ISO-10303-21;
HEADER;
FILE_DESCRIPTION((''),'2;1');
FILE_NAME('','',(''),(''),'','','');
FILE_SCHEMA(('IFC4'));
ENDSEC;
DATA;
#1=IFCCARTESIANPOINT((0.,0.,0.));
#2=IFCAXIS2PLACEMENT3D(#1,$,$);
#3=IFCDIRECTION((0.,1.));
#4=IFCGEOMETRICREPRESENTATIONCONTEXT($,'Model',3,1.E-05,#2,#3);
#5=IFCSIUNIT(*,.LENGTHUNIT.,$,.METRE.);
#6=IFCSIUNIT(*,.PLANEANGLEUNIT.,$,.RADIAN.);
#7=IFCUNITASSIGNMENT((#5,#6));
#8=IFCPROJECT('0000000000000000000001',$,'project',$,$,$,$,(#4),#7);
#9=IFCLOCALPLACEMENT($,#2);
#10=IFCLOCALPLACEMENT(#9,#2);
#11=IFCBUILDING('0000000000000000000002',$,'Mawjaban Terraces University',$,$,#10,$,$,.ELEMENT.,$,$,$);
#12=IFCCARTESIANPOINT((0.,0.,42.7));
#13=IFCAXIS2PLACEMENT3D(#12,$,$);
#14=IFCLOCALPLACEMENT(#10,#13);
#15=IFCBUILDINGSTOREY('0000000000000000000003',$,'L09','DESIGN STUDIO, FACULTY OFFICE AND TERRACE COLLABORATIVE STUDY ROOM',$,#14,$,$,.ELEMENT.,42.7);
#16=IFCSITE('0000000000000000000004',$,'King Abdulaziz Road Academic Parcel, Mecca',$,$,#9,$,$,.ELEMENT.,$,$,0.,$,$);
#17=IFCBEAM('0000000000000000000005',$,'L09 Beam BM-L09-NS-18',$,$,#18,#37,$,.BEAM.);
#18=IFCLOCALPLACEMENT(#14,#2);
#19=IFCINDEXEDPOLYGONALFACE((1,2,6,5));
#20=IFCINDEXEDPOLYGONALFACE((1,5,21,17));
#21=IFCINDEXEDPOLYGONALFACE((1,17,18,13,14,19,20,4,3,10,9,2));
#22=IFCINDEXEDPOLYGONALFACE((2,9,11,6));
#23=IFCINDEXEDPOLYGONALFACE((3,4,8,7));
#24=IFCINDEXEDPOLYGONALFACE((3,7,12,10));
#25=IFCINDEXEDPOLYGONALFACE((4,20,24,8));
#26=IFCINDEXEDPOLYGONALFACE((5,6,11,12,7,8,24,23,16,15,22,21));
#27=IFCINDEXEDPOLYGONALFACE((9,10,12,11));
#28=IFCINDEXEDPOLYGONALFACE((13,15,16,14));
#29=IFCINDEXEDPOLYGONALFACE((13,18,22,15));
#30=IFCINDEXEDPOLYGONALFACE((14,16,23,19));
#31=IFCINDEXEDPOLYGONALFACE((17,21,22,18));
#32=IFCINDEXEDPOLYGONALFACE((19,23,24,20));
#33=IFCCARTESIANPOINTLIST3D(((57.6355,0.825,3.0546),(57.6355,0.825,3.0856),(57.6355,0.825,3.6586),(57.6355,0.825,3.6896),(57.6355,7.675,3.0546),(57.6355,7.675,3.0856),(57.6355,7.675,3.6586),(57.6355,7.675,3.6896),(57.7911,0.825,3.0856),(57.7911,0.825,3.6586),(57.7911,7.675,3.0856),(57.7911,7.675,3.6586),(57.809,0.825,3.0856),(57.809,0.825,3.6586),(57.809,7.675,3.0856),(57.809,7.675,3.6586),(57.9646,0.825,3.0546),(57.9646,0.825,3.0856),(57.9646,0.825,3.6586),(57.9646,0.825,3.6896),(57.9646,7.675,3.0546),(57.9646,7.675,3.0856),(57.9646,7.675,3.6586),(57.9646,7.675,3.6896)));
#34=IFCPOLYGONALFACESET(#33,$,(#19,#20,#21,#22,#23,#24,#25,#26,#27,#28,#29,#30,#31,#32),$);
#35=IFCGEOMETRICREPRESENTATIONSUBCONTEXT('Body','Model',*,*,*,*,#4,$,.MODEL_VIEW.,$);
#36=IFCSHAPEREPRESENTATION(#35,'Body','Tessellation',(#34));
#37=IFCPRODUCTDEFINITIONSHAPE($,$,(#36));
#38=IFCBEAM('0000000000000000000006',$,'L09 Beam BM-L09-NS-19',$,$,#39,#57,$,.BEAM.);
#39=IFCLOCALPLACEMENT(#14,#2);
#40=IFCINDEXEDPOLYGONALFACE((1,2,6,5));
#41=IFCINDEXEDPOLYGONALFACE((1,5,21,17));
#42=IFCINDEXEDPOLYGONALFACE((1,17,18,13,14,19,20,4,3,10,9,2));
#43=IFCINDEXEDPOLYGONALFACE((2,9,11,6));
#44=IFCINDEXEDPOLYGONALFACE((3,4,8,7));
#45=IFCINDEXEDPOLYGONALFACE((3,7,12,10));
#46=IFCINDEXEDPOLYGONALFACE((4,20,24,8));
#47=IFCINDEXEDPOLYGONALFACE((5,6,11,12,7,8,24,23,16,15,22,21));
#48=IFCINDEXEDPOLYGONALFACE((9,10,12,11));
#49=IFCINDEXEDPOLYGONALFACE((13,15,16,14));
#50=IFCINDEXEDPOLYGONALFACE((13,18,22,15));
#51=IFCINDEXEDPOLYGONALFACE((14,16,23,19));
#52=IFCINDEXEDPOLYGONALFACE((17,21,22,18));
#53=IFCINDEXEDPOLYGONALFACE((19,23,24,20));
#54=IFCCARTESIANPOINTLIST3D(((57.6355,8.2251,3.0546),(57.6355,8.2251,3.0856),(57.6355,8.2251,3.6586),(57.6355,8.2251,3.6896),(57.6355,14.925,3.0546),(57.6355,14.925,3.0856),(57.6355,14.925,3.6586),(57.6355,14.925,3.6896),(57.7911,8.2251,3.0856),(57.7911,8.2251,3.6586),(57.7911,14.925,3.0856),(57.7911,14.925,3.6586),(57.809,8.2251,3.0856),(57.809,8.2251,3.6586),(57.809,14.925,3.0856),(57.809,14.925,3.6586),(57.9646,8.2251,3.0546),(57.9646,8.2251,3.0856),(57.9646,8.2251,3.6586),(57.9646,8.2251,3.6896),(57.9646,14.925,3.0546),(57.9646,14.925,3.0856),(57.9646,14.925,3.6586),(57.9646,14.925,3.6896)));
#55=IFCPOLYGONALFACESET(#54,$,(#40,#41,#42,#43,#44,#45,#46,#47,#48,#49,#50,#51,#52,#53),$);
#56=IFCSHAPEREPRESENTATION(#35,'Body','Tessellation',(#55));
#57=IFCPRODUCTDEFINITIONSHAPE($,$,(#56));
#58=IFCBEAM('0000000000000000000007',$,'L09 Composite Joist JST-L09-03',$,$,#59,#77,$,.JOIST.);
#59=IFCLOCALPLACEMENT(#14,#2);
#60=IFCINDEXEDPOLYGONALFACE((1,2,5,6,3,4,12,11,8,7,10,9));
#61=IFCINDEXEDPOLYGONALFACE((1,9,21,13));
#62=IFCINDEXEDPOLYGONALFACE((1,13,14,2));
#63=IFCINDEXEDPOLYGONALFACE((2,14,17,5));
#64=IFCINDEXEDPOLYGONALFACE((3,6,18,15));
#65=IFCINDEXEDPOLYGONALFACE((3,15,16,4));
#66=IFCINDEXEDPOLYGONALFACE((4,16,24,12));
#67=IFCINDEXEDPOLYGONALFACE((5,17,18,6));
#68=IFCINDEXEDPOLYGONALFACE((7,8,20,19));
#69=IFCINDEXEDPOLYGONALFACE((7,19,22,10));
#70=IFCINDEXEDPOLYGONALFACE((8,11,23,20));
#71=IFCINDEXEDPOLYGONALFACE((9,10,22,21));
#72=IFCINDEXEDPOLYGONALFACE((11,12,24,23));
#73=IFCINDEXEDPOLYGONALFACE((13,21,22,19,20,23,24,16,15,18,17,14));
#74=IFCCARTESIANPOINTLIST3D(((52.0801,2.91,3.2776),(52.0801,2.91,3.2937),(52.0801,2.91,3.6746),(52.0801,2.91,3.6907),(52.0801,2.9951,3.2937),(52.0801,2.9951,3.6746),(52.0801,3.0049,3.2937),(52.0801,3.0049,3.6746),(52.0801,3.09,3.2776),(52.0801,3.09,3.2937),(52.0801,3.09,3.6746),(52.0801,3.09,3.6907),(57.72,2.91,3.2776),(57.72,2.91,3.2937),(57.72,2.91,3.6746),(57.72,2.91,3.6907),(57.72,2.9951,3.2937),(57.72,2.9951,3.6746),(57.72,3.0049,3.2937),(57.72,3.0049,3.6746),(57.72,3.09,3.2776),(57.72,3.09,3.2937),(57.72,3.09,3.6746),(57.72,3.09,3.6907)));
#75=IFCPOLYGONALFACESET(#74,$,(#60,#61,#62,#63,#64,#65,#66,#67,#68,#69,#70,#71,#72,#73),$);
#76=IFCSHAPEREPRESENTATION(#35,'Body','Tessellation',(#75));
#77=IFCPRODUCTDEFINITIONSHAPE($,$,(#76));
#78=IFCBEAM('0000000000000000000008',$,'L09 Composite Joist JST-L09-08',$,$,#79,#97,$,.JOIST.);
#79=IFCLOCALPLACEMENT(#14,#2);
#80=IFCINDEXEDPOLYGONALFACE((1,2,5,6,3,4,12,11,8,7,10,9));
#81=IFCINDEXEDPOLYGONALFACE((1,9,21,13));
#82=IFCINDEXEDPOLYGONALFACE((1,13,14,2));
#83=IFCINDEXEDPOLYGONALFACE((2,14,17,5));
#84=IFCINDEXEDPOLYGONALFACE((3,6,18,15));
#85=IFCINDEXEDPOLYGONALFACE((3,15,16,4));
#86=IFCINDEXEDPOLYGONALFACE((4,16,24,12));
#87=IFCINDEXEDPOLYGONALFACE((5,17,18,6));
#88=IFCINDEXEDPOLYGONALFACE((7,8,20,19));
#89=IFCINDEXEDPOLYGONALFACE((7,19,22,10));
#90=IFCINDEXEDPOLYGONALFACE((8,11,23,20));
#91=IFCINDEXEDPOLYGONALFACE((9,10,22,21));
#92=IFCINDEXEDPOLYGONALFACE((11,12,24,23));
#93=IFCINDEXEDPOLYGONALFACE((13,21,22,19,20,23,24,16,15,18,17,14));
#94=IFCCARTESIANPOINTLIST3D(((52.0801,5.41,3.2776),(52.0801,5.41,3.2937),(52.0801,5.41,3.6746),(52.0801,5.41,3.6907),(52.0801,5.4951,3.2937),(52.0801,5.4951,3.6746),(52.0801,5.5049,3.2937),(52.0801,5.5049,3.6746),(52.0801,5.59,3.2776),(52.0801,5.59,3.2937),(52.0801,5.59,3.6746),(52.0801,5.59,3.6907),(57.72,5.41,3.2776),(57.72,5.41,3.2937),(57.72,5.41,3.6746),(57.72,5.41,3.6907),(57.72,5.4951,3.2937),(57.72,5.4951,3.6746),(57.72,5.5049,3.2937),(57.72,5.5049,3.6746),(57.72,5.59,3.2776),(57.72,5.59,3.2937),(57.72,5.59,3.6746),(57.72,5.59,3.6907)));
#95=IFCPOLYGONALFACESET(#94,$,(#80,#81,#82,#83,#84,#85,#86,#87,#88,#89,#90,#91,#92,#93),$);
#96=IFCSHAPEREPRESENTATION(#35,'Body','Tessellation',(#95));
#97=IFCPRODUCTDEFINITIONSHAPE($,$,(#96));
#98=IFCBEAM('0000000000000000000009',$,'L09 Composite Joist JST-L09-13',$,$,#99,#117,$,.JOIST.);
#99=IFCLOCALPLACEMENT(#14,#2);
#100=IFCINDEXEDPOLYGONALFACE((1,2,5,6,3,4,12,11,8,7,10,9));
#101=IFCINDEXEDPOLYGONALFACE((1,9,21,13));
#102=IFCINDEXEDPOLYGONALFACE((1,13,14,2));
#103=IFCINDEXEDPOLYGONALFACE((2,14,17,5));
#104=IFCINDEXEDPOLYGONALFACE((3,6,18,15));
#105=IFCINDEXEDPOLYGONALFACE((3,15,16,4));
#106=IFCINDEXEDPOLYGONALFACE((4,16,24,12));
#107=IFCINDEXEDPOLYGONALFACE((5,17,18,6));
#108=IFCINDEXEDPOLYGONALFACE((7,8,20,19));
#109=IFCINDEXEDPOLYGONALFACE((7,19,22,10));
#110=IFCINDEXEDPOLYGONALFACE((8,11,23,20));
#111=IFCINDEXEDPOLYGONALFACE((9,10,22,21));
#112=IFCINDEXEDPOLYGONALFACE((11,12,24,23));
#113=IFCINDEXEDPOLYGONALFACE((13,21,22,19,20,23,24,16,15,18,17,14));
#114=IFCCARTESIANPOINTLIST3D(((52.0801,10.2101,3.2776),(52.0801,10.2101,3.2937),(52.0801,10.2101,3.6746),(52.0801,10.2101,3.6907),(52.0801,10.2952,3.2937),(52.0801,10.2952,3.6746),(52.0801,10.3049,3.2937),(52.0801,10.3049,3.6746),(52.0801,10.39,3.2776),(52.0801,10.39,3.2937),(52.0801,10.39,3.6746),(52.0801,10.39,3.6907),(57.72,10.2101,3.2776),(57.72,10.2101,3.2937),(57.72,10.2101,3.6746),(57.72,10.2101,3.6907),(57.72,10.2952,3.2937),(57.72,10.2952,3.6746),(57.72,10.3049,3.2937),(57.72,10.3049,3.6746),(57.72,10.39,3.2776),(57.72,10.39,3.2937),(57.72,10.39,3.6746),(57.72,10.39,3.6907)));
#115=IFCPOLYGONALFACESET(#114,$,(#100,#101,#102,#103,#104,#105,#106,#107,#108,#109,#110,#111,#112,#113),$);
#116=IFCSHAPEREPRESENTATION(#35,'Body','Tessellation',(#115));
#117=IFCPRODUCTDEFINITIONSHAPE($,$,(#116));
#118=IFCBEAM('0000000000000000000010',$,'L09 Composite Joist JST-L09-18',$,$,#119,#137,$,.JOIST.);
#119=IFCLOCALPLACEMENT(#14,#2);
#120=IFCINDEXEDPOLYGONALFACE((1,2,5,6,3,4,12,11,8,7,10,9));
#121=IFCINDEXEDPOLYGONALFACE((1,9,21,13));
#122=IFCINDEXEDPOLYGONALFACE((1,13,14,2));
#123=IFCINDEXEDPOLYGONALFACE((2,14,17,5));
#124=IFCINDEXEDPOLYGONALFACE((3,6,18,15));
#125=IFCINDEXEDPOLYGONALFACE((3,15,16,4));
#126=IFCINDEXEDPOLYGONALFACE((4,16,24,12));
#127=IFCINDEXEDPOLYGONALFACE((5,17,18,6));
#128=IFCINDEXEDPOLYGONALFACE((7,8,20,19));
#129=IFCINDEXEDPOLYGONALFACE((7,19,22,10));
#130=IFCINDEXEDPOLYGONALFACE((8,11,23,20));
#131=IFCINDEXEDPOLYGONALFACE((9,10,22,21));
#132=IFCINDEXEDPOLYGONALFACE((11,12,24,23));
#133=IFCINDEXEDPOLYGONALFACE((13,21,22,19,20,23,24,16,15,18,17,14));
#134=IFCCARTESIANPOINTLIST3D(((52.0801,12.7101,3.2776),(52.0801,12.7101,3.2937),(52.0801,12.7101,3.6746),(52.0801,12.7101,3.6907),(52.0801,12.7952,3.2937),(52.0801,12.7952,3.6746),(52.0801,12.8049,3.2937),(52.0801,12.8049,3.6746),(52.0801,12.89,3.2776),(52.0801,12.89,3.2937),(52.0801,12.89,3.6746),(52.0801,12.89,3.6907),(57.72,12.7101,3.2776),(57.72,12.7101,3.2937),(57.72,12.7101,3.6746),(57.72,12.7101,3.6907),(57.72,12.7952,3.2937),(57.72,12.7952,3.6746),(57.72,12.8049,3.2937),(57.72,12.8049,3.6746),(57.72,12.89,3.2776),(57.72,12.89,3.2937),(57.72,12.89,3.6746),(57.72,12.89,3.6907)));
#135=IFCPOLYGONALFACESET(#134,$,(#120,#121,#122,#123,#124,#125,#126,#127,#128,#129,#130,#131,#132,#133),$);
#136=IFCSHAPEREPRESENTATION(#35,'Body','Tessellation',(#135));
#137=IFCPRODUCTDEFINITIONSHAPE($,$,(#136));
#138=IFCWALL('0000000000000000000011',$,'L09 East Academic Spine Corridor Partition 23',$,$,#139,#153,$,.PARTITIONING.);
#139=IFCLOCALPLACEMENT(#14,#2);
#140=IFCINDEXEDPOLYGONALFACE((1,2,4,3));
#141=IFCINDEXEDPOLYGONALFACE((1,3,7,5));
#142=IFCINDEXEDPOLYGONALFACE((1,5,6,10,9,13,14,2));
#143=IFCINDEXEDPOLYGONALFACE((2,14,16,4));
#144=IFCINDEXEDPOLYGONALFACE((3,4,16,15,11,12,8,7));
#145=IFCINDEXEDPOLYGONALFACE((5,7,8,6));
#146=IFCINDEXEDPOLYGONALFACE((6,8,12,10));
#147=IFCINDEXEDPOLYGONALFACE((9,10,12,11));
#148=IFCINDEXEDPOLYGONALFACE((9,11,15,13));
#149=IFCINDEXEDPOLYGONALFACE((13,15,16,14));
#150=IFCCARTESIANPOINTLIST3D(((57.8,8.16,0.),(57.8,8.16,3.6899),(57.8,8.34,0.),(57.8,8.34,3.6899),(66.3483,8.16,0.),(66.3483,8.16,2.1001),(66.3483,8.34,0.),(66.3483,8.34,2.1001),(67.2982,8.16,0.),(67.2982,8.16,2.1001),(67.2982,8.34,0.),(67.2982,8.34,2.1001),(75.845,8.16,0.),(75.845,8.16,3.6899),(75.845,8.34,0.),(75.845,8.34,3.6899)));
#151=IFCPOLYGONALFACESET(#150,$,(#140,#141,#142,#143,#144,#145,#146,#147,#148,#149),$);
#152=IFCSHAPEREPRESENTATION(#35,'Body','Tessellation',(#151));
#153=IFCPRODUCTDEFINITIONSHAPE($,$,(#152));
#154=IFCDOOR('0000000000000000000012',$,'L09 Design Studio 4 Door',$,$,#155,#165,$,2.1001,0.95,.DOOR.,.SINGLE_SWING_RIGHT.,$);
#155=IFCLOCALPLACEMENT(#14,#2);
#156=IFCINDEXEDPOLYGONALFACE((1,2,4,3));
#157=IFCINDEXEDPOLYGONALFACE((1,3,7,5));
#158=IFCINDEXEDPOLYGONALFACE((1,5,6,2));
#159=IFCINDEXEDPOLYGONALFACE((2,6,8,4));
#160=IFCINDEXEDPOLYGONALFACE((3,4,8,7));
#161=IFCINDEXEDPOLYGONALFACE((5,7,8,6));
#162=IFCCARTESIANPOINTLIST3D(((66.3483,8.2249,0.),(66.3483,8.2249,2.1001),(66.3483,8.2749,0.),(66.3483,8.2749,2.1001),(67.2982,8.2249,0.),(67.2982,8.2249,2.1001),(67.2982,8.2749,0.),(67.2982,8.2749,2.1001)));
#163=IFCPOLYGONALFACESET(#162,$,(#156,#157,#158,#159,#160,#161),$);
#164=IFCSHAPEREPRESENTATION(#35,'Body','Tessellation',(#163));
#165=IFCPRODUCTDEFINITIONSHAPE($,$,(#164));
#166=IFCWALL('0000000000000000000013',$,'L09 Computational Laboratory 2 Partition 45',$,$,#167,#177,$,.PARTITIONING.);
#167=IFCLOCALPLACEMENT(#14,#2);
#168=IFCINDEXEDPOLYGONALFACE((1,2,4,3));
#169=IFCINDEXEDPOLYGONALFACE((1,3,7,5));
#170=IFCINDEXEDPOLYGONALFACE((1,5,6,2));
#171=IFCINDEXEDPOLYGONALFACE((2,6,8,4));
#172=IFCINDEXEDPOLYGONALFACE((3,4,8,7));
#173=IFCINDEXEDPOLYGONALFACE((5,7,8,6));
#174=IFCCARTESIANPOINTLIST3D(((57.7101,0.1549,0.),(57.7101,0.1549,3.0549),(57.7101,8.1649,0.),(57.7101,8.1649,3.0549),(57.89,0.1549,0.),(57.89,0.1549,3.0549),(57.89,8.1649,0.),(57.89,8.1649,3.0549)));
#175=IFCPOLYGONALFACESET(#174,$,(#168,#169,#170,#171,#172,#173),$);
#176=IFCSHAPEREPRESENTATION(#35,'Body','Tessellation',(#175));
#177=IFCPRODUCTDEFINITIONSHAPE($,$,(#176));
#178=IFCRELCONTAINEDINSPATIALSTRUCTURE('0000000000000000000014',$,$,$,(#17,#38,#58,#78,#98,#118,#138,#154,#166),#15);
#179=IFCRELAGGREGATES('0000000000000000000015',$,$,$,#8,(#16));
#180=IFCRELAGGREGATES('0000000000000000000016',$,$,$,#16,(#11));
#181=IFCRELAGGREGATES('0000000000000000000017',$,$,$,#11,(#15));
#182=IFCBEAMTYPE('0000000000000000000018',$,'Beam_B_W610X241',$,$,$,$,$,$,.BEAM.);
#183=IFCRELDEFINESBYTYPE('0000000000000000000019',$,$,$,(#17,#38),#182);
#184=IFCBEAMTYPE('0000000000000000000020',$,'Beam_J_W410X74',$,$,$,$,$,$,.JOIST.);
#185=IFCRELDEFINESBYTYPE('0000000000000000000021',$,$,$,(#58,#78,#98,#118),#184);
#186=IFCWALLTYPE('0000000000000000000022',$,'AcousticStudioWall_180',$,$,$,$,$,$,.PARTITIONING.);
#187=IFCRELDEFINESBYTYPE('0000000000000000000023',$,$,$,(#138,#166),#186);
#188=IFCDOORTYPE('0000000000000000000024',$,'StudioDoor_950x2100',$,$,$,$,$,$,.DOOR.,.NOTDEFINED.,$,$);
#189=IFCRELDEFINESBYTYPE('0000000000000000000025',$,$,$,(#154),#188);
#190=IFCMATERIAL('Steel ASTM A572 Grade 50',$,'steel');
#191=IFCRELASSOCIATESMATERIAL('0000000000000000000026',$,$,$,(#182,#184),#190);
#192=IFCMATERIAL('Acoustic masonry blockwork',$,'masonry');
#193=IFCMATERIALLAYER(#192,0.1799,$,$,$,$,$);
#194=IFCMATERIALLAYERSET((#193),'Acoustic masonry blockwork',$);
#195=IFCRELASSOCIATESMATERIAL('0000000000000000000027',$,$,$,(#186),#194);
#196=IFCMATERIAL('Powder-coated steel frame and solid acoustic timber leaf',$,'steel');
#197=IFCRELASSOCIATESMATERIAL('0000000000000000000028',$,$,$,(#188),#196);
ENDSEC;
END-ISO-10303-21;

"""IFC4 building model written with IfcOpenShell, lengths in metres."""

from ifc_helpers import new_model, si_unit, direction, frame, frame_2d, origin, origin_2d, place, context, subcontext, project, spatial, rectangle, i_section, extrude, material, layer, layer_set, material_profile, profile_set, type_object, element, fill, save


model = new_model("IFC4")

# Units and contexts
model_context = context("Model", 3, precision=1e-05, world=origin(), true_north=direction((0.0, 1.0)))
body_context = subcontext(model_context, "Body", "Model", "MODEL_VIEW")
ifc_project = project(units=[si_unit("LENGTHUNIT", "METRE"), si_unit("PLANEANGLEUNIT", "RADIAN")], contexts=[model_context])

# Site, building, storey
site_placement = place(None, origin())
site = spatial("IfcSite", under=ifc_project, at=site_placement, Name="King Abdulaziz Road Academic Parcel, Mecca", CompositionType="ELEMENT", RefElevation=0.0)
building_placement = place(site_placement, origin())
building = spatial("IfcBuilding", under=site, at=building_placement, Name="Mawjaban Terraces University", CompositionType="ELEMENT")
storey_placement = place(building_placement, frame((0.0, 0.0, 42.7)))
storey = spatial("IfcBuildingStorey", under=building, at=storey_placement, Name="L09", Description="DESIGN STUDIO, FACULTY OFFICE AND TERRACE COLLABORATIVE STUDY ROOM", CompositionType="ELEMENT", Elevation=42.7)

# Beams
ifc_material_1 = material(Name="Steel ASTM A572 Grade 50", Category="steel")
ifc_material_profile_1 = material_profile(ifc_material_1, i_section(OverallWidth=0.3291, OverallDepth=0.635, WebThickness=0.0178, FlangeThickness=0.031, at=origin_2d()), Name="W610X241")
ifc_profile_set_1 = profile_set([ifc_material_profile_1], Name="Steel ASTM A572 Grade 50")
beam_type_1 = type_object("IfcBeamType", Name="Beam_B_W610X241", PredefinedType="BEAM", material=ifc_profile_set_1)
beam_1_placement = place(storey_placement, frame((57.8, 0.825, 3.3721), z_axis=(0.0, 1.0, 0.0), x_axis=(-1.0, 0.0, 0.0)))
element("IfcBeam", 1, at=beam_1_placement, inside=storey, type_object=beam_type_1, Name="L09 Beam BM-L09-NS-18", PredefinedType="BEAM", context=body_context, shape_type="SweptSolid", body=[
    extrude(i_section(OverallWidth=0.3291, OverallDepth=0.635, WebThickness=0.0178, FlangeThickness=0.031, at=origin_2d()), origin(), (0.0, 0.0, 1.0), 6.8501),
])
beam_2_placement = place(storey_placement, frame((57.8, 8.2251, 3.3721), z_axis=(0.0, 1.0, 0.0), x_axis=(-1.0, 0.0, 0.0)))
element("IfcBeam", 2, at=beam_2_placement, inside=storey, type_object=beam_type_1, Name="L09 Beam BM-L09-NS-19", PredefinedType="BEAM", context=body_context, shape_type="SweptSolid", body=[
    extrude(i_section(OverallWidth=0.3291, OverallDepth=0.635, WebThickness=0.0178, FlangeThickness=0.031, at=origin_2d()), origin(), (0.0, 0.0, 1.0), 6.7),
])
ifc_material_profile_2 = material_profile(ifc_material_1, i_section(OverallWidth=0.1799, OverallDepth=0.4131, WebThickness=0.0098, FlangeThickness=0.0161, at=origin_2d()), Name="W410X74")
ifc_profile_set_2 = profile_set([ifc_material_profile_2], Name="Steel ASTM A572 Grade 50")
beam_type_2 = type_object("IfcBeamType", Name="Beam_J_W410X74", PredefinedType="JOIST", material=ifc_profile_set_2)
for number, where, z_axis, x_axis, name in (
    (3, (52.0801, 3.0, 3.4841), (1.0, 0.0, 0.0), (0.0, 1.0, 0.0), "L09 Composite Joist JST-L09-03"),
    (4, (52.0801, 5.5, 3.4841), (1.0, 0.0, 0.0), (0.0, 1.0, 0.0), "L09 Composite Joist JST-L09-08"),
    (5, (52.0801, 10.3, 3.4841), (1.0, 0.0, 0.0), (0.0, 1.0, 0.0), "L09 Composite Joist JST-L09-13"),
    (6, (52.0801, 12.8, 3.4841), (1.0, 0.0, 0.0), (0.0, 1.0, 0.0), "L09 Composite Joist JST-L09-18"),
):
    element("IfcBeam", number, at=place(storey_placement, frame(where, z_axis=z_axis, x_axis=x_axis)), inside=storey, type_object=beam_type_2, Name=name, PredefinedType="JOIST", context=body_context, shape_type="SweptSolid", body=[
        extrude(i_section(OverallWidth=0.1799, OverallDepth=0.4131, WebThickness=0.0098, FlangeThickness=0.0161, at=origin_2d()), origin(), (0.0, 0.0, 1.0), 5.6399),
    ])

# Wall, opening, door
ifc_material_2 = material(Name="Acoustic masonry blockwork", Category="masonry")
ifc_layer_1 = layer(ifc_material_2, 0.1799)
ifc_layer_set_1 = layer_set([ifc_layer_1], Name="Acoustic masonry blockwork")
wall_type_1 = type_object("IfcWallType", Name="AcousticStudioWall_180", PredefinedType="PARTITIONING", material=ifc_layer_set_1)
wall_1_placement = place(storey_placement, frame((57.8, 8.25, 0.0), z_axis=(0.0, 0.0, 1.0), x_axis=(1.0, 0.0, 0.0)))
wall_1 = element("IfcWall", 7, at=wall_1_placement, inside=storey, type_object=wall_type_1, Name="L09 East Academic Spine Corridor Partition 23", PredefinedType="PARTITIONING", context=body_context, shape_type="SweptSolid", body=[
    extrude(rectangle(XDim=18.0449, YDim=0.1799, at=frame_2d((9.0225, 0.0))), origin(), (0.0, 0.0, 1.0), 3.6899),
])
opening_1_placement = place(wall_1_placement, frame((8.5481, 0.0, 0.0)))
opening_1 = element("IfcOpeningElement", 8, at=opening_1_placement, cuts=wall_1, PredefinedType="OPENING", context=body_context, shape_type="SweptSolid", body=[
    extrude(rectangle(XDim=0.95, YDim=2.1001, at=frame_2d((0.4751, 1.05))), frame((0.0, 0.0999, 0.0), z_axis=(0.0, -1.0, 0.0), x_axis=(1.0, 0.0, 0.0)), (0.0, 0.0, 1.0), 0.2),
])
ifc_material_3 = material(Name="Powder-coated steel frame and solid acoustic timber leaf", Category="steel")
door_type_1 = type_object("IfcDoorType", Name="StudioDoor_950x2100", OperationType="NOTDEFINED", PredefinedType="DOOR", material=ifc_material_3)
door_1_placement = place(opening_1_placement, origin())
door_1 = element("IfcDoor", 9, at=door_1_placement, inside=storey, type_object=door_type_1, Name="L09 Design Studio 4 Door", OperationType="SINGLE_SWING_RIGHT", OverallHeight=2.1001, OverallWidth=0.95, PredefinedType="DOOR", context=body_context, shape_type="SweptSolid", body=[
    extrude(rectangle(XDim=0.95, YDim=2.1001, at=frame_2d((0.4751, 1.05))), frame((0.0, 0.0249, 0.0), z_axis=(0.0, -1.0, 0.0), x_axis=(1.0, 0.0, 0.0)), (0.0, 0.0, 1.0), 0.05),
])
fill(opening_1, door_1)

# Wall
wall_2_placement = place(storey_placement, frame((57.8, 0.155, 0.0), z_axis=(0.0, 0.0, 1.0), x_axis=(0.0, 1.0, 0.0)))
element("IfcWall", 10, at=wall_2_placement, inside=storey, type_object=wall_type_1, Name="L09 Computational Laboratory 2 Partition 45", PredefinedType="PARTITIONING", context=body_context, shape_type="SweptSolid", body=[
    extrude(rectangle(XDim=8.01, YDim=0.1799, at=frame_2d((4.0049, 0.0))), origin(), (0.0, 0.0, 1.0), 3.0549),
])

save(model, "model.ifc")
